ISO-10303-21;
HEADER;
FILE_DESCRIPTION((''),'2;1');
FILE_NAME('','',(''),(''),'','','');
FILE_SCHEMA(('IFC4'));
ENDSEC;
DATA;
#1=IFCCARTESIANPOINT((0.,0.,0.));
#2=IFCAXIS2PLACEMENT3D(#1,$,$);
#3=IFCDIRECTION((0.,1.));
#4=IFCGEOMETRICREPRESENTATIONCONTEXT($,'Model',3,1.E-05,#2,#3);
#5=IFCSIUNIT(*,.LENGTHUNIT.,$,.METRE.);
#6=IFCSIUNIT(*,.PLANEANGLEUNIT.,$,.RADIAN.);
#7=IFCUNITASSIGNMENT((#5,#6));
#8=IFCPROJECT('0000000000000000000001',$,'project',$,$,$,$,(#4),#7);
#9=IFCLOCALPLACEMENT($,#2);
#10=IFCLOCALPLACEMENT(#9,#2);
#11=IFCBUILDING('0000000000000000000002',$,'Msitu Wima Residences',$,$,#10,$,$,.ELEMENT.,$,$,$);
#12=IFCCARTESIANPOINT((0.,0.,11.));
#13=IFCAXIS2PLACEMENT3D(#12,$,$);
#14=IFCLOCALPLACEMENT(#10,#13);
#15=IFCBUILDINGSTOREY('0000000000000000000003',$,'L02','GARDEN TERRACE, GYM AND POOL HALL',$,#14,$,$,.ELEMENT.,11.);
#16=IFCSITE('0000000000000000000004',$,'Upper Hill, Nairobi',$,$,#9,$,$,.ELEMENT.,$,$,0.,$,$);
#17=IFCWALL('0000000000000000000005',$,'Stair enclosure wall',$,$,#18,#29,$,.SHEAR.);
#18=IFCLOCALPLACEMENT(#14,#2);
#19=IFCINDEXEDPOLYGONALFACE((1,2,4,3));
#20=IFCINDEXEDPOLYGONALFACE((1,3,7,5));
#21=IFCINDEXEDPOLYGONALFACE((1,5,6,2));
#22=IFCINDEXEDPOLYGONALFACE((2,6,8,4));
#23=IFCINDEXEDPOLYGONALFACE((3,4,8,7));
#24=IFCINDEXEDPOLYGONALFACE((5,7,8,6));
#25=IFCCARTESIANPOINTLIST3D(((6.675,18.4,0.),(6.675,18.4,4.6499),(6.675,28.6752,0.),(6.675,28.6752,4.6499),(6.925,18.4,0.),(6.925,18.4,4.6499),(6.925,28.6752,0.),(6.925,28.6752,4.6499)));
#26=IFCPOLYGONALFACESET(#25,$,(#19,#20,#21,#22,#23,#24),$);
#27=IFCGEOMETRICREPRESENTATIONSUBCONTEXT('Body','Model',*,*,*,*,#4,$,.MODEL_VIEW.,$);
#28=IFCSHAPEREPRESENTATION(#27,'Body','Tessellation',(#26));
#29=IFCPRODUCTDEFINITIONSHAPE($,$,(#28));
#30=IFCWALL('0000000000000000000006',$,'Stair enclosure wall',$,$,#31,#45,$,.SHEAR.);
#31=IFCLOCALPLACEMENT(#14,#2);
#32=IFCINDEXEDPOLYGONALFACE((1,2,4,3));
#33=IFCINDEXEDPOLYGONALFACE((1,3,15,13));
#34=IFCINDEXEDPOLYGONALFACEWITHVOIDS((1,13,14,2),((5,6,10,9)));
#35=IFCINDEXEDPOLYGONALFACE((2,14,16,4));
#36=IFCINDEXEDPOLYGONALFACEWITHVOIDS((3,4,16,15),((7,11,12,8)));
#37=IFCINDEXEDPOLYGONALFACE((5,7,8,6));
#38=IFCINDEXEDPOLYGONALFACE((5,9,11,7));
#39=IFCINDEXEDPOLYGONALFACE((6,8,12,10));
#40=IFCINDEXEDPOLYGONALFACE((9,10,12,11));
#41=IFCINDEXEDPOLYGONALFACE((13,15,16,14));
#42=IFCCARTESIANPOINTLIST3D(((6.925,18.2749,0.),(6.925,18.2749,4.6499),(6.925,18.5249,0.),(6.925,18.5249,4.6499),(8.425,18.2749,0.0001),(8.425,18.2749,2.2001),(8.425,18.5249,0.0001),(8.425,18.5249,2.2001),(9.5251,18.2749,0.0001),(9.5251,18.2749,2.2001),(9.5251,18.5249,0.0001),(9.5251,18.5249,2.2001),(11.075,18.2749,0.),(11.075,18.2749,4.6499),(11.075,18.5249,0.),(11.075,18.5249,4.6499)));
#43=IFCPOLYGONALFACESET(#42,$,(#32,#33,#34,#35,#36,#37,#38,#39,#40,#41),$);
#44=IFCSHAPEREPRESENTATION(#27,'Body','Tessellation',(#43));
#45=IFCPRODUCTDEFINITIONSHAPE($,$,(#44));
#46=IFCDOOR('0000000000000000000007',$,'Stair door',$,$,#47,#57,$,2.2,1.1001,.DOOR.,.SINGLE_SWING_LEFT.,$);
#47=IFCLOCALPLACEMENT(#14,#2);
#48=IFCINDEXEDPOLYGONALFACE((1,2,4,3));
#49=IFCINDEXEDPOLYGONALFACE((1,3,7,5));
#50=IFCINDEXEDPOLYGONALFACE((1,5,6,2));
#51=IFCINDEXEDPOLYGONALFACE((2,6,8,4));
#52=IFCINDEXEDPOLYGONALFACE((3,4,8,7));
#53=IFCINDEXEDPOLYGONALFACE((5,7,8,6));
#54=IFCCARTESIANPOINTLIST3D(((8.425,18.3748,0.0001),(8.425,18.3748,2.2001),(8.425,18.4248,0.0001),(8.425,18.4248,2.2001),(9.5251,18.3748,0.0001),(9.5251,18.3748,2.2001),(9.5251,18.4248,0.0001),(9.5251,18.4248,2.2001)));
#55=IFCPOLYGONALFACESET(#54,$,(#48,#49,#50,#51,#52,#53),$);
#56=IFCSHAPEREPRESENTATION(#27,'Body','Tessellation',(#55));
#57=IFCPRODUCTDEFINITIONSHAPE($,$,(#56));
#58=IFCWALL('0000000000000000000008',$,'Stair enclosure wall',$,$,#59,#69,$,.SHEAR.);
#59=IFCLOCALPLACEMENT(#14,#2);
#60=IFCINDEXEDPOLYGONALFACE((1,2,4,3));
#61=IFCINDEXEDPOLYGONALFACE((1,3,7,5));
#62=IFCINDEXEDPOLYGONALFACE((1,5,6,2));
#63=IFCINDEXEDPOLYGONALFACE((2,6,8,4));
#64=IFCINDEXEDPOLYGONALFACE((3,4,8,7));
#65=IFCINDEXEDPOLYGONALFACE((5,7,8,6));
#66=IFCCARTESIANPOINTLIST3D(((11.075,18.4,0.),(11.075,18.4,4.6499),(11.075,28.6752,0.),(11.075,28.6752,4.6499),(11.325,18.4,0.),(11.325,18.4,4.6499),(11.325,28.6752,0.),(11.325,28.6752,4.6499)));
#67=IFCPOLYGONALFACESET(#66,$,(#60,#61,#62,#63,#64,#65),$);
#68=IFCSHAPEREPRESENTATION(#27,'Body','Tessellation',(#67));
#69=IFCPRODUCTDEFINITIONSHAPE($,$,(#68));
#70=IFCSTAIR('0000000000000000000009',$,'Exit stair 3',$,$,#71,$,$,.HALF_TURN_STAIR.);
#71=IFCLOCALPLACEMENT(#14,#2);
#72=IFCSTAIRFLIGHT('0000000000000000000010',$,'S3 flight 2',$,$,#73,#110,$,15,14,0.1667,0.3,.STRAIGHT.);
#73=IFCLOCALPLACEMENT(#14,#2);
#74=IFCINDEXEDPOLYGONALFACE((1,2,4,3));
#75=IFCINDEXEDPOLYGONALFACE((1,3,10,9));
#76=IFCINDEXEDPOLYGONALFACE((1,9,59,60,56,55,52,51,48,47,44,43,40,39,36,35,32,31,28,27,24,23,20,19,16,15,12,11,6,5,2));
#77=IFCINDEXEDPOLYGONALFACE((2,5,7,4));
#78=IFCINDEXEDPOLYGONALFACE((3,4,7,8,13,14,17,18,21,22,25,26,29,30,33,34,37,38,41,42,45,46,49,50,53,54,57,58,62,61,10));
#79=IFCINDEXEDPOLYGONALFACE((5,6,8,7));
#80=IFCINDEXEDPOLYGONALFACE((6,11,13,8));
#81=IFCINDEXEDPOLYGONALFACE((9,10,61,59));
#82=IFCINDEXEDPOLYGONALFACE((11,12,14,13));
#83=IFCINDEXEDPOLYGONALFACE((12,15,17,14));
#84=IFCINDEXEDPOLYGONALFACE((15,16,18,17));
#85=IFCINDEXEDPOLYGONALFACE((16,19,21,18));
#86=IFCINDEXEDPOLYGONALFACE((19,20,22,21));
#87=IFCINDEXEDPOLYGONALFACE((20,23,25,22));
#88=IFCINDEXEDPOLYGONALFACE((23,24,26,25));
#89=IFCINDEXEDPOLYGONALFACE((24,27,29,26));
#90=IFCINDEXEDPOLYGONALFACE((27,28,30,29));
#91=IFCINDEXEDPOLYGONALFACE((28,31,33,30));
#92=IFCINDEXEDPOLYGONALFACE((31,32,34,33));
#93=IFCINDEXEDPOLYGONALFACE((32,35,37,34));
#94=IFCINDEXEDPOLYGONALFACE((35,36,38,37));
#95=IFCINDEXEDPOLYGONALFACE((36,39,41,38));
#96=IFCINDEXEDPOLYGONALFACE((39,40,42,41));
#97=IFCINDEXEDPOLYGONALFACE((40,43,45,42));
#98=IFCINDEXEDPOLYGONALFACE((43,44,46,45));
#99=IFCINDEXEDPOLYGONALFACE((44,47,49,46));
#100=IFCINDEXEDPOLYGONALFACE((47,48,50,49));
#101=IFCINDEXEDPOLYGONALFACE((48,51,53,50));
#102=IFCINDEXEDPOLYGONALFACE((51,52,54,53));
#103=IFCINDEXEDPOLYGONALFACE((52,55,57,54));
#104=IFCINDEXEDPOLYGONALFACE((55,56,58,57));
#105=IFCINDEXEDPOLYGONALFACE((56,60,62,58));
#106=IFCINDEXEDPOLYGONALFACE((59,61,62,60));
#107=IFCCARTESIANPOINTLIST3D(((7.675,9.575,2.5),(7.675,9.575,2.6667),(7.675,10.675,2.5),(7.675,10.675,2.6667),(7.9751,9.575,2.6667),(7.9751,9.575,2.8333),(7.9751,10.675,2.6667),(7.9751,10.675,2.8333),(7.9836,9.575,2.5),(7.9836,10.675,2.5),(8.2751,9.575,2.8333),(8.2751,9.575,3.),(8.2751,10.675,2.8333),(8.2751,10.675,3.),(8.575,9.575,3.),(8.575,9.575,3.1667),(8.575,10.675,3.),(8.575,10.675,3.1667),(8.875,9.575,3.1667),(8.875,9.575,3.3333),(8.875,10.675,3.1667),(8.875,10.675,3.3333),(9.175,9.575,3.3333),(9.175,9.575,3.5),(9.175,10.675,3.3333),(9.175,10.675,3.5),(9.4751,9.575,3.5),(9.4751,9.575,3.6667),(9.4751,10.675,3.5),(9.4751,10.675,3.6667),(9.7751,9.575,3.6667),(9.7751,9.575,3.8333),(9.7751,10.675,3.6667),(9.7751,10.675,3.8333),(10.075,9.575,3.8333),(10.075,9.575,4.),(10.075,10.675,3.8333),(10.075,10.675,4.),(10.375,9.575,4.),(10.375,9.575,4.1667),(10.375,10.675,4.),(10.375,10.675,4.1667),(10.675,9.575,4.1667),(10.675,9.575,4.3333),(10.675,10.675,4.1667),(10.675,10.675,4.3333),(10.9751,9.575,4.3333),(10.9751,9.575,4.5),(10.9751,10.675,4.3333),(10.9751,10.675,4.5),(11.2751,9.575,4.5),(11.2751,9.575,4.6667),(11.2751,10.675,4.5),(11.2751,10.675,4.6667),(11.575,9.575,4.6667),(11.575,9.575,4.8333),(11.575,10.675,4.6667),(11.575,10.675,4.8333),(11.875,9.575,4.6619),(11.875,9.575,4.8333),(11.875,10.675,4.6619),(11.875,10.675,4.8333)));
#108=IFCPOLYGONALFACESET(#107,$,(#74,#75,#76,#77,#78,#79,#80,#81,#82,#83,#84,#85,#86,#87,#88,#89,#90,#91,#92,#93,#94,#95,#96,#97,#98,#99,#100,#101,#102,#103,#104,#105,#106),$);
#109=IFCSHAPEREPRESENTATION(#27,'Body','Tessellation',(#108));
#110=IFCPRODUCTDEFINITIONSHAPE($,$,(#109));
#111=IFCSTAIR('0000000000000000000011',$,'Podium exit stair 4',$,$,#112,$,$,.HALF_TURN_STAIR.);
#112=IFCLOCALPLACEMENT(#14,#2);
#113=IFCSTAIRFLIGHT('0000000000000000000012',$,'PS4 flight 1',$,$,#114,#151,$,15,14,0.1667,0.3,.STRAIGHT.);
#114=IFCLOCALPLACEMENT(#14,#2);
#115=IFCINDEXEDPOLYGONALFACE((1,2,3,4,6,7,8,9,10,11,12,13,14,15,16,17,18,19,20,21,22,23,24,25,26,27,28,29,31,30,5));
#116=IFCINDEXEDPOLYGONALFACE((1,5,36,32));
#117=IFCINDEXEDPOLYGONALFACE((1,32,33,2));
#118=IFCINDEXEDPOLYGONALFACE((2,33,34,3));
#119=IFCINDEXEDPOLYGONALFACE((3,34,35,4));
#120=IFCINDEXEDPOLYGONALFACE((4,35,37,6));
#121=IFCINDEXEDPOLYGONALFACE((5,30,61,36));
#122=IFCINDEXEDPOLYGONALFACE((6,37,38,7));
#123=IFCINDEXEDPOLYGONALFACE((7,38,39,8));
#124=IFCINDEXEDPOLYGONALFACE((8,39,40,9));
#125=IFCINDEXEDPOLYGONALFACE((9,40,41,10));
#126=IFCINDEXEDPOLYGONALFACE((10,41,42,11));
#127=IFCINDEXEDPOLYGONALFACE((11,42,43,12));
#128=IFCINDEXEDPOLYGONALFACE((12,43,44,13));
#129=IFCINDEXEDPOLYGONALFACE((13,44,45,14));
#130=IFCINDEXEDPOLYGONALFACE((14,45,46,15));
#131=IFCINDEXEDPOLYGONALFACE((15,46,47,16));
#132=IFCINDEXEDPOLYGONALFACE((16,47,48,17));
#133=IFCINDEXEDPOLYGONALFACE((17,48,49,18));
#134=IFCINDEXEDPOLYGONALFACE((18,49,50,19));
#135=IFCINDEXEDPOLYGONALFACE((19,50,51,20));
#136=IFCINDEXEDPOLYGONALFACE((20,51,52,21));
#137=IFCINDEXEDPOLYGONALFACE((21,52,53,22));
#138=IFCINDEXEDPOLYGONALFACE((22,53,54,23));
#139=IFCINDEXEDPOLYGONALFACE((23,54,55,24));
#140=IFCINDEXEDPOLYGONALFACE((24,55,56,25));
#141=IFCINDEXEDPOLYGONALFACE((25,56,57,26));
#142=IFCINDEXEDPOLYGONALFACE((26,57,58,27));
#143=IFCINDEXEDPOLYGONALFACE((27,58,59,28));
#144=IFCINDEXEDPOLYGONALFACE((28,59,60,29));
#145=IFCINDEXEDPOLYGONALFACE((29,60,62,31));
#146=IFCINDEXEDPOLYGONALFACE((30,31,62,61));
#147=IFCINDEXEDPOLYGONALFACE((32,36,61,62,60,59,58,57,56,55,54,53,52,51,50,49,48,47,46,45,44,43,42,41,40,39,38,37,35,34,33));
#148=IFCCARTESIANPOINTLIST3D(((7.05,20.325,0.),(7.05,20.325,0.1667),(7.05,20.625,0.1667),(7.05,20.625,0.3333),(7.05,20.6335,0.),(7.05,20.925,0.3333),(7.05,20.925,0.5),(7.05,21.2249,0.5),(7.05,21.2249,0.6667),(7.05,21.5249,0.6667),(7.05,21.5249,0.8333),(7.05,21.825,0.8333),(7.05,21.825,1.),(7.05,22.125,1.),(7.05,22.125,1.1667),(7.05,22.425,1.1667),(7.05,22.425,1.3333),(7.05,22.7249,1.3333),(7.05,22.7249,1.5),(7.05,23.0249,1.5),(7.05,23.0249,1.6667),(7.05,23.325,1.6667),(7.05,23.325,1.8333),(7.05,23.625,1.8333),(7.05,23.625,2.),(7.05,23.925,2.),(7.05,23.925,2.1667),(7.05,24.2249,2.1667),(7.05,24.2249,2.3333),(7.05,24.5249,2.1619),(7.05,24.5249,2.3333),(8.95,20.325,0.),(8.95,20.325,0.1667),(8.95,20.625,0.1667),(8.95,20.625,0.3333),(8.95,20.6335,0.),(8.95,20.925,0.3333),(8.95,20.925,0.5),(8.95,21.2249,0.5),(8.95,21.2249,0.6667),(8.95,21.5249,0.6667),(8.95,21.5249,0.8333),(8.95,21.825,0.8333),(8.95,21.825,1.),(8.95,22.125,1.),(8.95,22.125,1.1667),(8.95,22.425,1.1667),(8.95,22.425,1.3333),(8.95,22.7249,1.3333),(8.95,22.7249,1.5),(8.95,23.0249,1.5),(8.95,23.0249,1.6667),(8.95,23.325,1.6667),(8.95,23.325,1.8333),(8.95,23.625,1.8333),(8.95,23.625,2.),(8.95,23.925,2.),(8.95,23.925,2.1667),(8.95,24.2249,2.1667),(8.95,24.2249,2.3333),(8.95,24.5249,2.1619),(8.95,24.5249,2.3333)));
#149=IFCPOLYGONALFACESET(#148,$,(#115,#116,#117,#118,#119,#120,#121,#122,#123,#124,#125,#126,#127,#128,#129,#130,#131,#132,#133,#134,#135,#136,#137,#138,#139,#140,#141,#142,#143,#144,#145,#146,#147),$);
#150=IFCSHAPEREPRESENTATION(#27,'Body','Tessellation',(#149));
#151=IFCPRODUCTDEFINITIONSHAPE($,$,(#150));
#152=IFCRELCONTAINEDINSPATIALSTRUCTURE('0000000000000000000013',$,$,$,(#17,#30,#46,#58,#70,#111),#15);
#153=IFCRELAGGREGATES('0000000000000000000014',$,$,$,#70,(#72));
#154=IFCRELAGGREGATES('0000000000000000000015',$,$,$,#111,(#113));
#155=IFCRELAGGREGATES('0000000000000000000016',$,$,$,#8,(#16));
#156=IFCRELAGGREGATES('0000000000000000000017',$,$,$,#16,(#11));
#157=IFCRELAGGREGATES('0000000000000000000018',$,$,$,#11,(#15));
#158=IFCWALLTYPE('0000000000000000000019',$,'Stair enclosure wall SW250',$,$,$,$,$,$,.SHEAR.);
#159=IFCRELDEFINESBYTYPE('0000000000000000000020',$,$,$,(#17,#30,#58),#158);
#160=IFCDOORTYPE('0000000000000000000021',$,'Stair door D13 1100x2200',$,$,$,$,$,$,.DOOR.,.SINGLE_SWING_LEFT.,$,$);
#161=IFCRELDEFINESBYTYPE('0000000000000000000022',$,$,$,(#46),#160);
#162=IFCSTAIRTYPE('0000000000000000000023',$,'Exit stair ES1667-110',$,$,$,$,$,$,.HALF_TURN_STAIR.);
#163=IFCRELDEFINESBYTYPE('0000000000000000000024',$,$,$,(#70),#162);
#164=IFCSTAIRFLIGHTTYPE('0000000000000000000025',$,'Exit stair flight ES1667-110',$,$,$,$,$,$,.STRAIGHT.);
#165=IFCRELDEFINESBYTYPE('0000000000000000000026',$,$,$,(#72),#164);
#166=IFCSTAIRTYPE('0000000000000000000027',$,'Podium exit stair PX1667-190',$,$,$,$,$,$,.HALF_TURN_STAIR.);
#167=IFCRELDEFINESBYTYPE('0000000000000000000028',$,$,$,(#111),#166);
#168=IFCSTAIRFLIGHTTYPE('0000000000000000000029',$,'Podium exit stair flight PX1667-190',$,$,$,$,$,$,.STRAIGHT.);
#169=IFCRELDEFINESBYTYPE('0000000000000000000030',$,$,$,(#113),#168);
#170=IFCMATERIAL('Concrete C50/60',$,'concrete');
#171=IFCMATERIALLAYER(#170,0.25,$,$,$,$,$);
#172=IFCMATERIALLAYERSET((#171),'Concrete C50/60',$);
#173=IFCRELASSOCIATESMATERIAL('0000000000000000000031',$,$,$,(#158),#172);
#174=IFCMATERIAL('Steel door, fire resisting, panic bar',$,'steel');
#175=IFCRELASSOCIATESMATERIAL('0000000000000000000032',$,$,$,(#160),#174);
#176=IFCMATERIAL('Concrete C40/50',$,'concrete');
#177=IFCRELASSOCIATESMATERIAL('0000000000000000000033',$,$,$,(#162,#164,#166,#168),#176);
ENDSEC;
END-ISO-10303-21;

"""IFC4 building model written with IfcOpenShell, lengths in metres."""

from ifc_helpers import new_model, si_unit, direction, frame, frame_2d, origin, place, context, subcontext, project, spatial, polyline, rectangle, outline, extrude, material, layer, layer_set, type_object, element, fill, aggregate, save


model = new_model("IFC4")

# Units and contexts
model_context = context("Model", 3, precision=1e-05, world=origin(), true_north=direction((0.0, 1.0)))
body_context = subcontext(model_context, "Body", "Model", "MODEL_VIEW")
ifc_project = project(units=[si_unit("LENGTHUNIT", "METRE"), si_unit("PLANEANGLEUNIT", "RADIAN")], contexts=[model_context])

# Site, building, storey
site_placement = place(None, origin())
site = spatial("IfcSite", under=ifc_project, at=site_placement, Name="Upper Hill, Nairobi", CompositionType="ELEMENT", RefElevation=0.0)
building_placement = place(site_placement, origin())
building = spatial("IfcBuilding", under=site, at=building_placement, Name="Msitu Wima Residences", CompositionType="ELEMENT")
storey_placement = place(building_placement, frame((0.0, 0.0, 11.0)))
storey = spatial("IfcBuildingStorey", under=building, at=storey_placement, Name="L02", Description="GARDEN TERRACE, GYM AND POOL HALL", CompositionType="ELEMENT", Elevation=11.0)

# Shared definitions
ifc_material_1 = material(Name="Concrete C40/50", Category="concrete")

# Wall
ifc_material_2 = material(Name="Concrete C50/60", Category="concrete")
ifc_layer_1 = layer(ifc_material_2, 0.25)
ifc_layer_set_1 = layer_set([ifc_layer_1], Name="Concrete C50/60")
wall_type_1 = type_object("IfcWallType", Name="Stair enclosure wall SW250", PredefinedType="SHEAR", material=ifc_layer_set_1)
wall_1_placement = place(storey_placement, frame((6.8, 18.3999, 0.0), z_axis=(0.0, 0.0, 1.0), x_axis=(0.0, 1.0, 0.0)))
element("IfcWall", 1, at=wall_1_placement, inside=storey, type_object=wall_type_1, Name="Stair enclosure wall", PredefinedType="SHEAR", context=body_context, shape_type="SweptSolid", body=[
    extrude(rectangle(XDim=10.2751, YDim=0.25, at=frame_2d((5.1377, 0.0))), origin(), (0.0, 0.0, 1.0), 4.6499),
])

# Wall, opening, door
wall_2_placement = place(storey_placement, frame((6.925, 18.3999, 0.0), z_axis=(0.0, 0.0, 1.0), x_axis=(1.0, 0.0, 0.0)))
wall_2 = element("IfcWall", 2, at=wall_2_placement, inside=storey, type_object=wall_type_1, Name="Stair enclosure wall", PredefinedType="SHEAR", context=body_context, shape_type="SweptSolid", body=[
    extrude(rectangle(XDim=4.1499, YDim=0.25, at=frame_2d((2.075, 0.0))), origin(), (0.0, 0.0, 1.0), 4.6499),
])
opening_1_placement = place(wall_2_placement, frame((1.5, 0.0, 0.0)))
opening_1 = element("IfcOpeningElement", 3, at=opening_1_placement, cuts=wall_2, PredefinedType="OPENING", context=body_context, shape_type="SweptSolid", body=[
    extrude(rectangle(XDim=1.1001, YDim=2.2, at=frame_2d((0.55, 1.1001))), frame((0.0, 0.135, 0.0), z_axis=(0.0, -1.0, 0.0), x_axis=(1.0, 0.0, 0.0)), (0.0, 0.0, 1.0), 0.27),
])
ifc_material_3 = material(Name="Steel door, fire resisting, panic bar", Category="steel")
door_type_1 = type_object("IfcDoorType", Name="Stair door D13 1100x2200", OperationType="SINGLE_SWING_LEFT", PredefinedType="DOOR", material=ifc_material_3)
door_1_placement = place(opening_1_placement, origin())
door_1 = element("IfcDoor", 4, at=door_1_placement, inside=storey, type_object=door_type_1, Name="Stair door", OperationType="SINGLE_SWING_LEFT", OverallHeight=2.2, OverallWidth=1.1001, PredefinedType="DOOR", context=body_context, shape_type="SweptSolid", body=[
    extrude(rectangle(XDim=1.1001, YDim=2.2, at=frame_2d((0.55, 1.1001))), frame((0.0, 0.0249, 0.0), z_axis=(0.0, -1.0, 0.0), x_axis=(1.0, 0.0, 0.0)), (0.0, 0.0, 1.0), 0.05),
])
fill(opening_1, door_1)

# Wall
wall_3_placement = place(storey_placement, frame((11.2, 18.3999, 0.0), z_axis=(0.0, 0.0, 1.0), x_axis=(0.0, 1.0, 0.0)))
element("IfcWall", 5, at=wall_3_placement, inside=storey, type_object=wall_type_1, Name="Stair enclosure wall", PredefinedType="SHEAR", context=body_context, shape_type="SweptSolid", body=[
    extrude(rectangle(XDim=10.2751, YDim=0.25, at=frame_2d((5.1377, 0.0))), origin(), (0.0, 0.0, 1.0), 4.6499),
])

# Stair, stair flight
stair_type_1 = type_object("IfcStairType", Name="Exit stair ES1667-110", PredefinedType="HALF_TURN_STAIR", material=ifc_material_1)
stair_1_placement = place(storey_placement, origin())
stair_1 = element("IfcStair", 6, at=stair_1_placement, inside=storey, type_object=stair_type_1, Name="Exit stair 3", PredefinedType="HALF_TURN_STAIR")
stair_flight_type_1 = type_object("IfcStairFlightType", Name="Exit stair flight ES1667-110", PredefinedType="STRAIGHT", material=ifc_material_1)
stair_flight_1_placement = place(storey_placement, frame((7.675, 10.125, 2.5), z_axis=(0.0, 0.0, 1.0), x_axis=(1.0, 0.0, 0.0)))
stair_flight_1 = element("IfcStairFlight", 7, at=stair_flight_1_placement, type_object=stair_flight_type_1, Name="S3 flight 2", NumberOfRisers=15, NumberOfTreads=14, PredefinedType="STRAIGHT", RiserHeight=0.1667, TreadLength=0.3, context=body_context, shape_type="SweptSolid", body=[
    extrude(outline(polyline([(0.0, 0.0), (0.0, 0.1667), (0.3, 0.1667), (0.3, 0.3333), (0.6001, 0.3333), (0.6001, 0.5), (0.8999, 0.5), (0.8999, 0.6667), (1.2, 0.6667), (1.2, 0.8333), (1.5, 0.8333), (1.5, 1.0), (1.8, 1.0), (1.8, 1.1667), (2.1001, 1.1667), (2.1001, 1.3333), (2.3999, 1.3333), (2.3999, 1.5), (2.7, 1.5), (2.7, 1.6667), (3.0, 1.6667), (3.0, 1.8333), (3.3, 1.8333), (3.3, 2.0), (3.6001, 2.0), (3.6001, 2.1667), (3.8999, 2.1667), (3.8999, 2.3333), (4.2, 2.3333), (4.2, 2.5), (4.2, 2.1619), (0.3086, 0.0), (0.0, 0.0)])), frame((0.0, 0.55, 0.0), z_axis=(0.0, -1.0, 0.0), x_axis=(1.0, 0.0, 0.0)), (0.0, 0.0, 1.0), 1.1001),
])
aggregate(stair_1, [stair_flight_1])

# Stair, stair flight
stair_type_2 = type_object("IfcStairType", Name="Podium exit stair PX1667-190", PredefinedType="HALF_TURN_STAIR", material=ifc_material_1)
stair_2_placement = place(storey_placement, origin())
stair_2 = element("IfcStair", 8, at=stair_2_placement, inside=storey, type_object=stair_type_2, Name="Podium exit stair 4", PredefinedType="HALF_TURN_STAIR")
stair_flight_type_2 = type_object("IfcStairFlightType", Name="Podium exit stair flight PX1667-190", PredefinedType="STRAIGHT", material=ifc_material_1)
stair_flight_2_placement = place(storey_placement, frame((8.0, 20.325, 0.0), z_axis=(0.0, 0.0, 1.0), x_axis=(0.0, 1.0, 0.0)))
stair_flight_2 = element("IfcStairFlight", 9, at=stair_flight_2_placement, type_object=stair_flight_type_2, Name="PS4 flight 1", NumberOfRisers=15, NumberOfTreads=14, PredefinedType="STRAIGHT", RiserHeight=0.1667, TreadLength=0.3, context=body_context, shape_type="SweptSolid", body=[
    extrude(outline(polyline([(0.0, 0.0), (0.0, 0.1667), (0.3, 0.1667), (0.3, 0.3333), (0.6001, 0.3333), (0.6001, 0.5), (0.8999, 0.5), (0.8999, 0.6667), (1.2, 0.6667), (1.2, 0.8333), (1.5, 0.8333), (1.5, 1.0), (1.8, 1.0), (1.8, 1.1667), (2.1001, 1.1667), (2.1001, 1.3333), (2.3999, 1.3333), (2.3999, 1.5), (2.7, 1.5), (2.7, 1.6667), (3.0, 1.6667), (3.0, 1.8333), (3.3, 1.8333), (3.3, 2.0), (3.6001, 2.0), (3.6001, 2.1667), (3.8999, 2.1667), (3.8999, 2.3333), (4.2, 2.3333), (4.2, 2.5), (4.2, 2.1619), (0.3086, 0.0), (0.0, 0.0)])), frame((0.0, 0.95, 0.0), z_axis=(0.0, -1.0, 0.0), x_axis=(1.0, 0.0, 0.0)), (0.0, 0.0, 1.0), 1.8999),
])
aggregate(stair_2, [stair_flight_2])

save(model, "model.ifc")
